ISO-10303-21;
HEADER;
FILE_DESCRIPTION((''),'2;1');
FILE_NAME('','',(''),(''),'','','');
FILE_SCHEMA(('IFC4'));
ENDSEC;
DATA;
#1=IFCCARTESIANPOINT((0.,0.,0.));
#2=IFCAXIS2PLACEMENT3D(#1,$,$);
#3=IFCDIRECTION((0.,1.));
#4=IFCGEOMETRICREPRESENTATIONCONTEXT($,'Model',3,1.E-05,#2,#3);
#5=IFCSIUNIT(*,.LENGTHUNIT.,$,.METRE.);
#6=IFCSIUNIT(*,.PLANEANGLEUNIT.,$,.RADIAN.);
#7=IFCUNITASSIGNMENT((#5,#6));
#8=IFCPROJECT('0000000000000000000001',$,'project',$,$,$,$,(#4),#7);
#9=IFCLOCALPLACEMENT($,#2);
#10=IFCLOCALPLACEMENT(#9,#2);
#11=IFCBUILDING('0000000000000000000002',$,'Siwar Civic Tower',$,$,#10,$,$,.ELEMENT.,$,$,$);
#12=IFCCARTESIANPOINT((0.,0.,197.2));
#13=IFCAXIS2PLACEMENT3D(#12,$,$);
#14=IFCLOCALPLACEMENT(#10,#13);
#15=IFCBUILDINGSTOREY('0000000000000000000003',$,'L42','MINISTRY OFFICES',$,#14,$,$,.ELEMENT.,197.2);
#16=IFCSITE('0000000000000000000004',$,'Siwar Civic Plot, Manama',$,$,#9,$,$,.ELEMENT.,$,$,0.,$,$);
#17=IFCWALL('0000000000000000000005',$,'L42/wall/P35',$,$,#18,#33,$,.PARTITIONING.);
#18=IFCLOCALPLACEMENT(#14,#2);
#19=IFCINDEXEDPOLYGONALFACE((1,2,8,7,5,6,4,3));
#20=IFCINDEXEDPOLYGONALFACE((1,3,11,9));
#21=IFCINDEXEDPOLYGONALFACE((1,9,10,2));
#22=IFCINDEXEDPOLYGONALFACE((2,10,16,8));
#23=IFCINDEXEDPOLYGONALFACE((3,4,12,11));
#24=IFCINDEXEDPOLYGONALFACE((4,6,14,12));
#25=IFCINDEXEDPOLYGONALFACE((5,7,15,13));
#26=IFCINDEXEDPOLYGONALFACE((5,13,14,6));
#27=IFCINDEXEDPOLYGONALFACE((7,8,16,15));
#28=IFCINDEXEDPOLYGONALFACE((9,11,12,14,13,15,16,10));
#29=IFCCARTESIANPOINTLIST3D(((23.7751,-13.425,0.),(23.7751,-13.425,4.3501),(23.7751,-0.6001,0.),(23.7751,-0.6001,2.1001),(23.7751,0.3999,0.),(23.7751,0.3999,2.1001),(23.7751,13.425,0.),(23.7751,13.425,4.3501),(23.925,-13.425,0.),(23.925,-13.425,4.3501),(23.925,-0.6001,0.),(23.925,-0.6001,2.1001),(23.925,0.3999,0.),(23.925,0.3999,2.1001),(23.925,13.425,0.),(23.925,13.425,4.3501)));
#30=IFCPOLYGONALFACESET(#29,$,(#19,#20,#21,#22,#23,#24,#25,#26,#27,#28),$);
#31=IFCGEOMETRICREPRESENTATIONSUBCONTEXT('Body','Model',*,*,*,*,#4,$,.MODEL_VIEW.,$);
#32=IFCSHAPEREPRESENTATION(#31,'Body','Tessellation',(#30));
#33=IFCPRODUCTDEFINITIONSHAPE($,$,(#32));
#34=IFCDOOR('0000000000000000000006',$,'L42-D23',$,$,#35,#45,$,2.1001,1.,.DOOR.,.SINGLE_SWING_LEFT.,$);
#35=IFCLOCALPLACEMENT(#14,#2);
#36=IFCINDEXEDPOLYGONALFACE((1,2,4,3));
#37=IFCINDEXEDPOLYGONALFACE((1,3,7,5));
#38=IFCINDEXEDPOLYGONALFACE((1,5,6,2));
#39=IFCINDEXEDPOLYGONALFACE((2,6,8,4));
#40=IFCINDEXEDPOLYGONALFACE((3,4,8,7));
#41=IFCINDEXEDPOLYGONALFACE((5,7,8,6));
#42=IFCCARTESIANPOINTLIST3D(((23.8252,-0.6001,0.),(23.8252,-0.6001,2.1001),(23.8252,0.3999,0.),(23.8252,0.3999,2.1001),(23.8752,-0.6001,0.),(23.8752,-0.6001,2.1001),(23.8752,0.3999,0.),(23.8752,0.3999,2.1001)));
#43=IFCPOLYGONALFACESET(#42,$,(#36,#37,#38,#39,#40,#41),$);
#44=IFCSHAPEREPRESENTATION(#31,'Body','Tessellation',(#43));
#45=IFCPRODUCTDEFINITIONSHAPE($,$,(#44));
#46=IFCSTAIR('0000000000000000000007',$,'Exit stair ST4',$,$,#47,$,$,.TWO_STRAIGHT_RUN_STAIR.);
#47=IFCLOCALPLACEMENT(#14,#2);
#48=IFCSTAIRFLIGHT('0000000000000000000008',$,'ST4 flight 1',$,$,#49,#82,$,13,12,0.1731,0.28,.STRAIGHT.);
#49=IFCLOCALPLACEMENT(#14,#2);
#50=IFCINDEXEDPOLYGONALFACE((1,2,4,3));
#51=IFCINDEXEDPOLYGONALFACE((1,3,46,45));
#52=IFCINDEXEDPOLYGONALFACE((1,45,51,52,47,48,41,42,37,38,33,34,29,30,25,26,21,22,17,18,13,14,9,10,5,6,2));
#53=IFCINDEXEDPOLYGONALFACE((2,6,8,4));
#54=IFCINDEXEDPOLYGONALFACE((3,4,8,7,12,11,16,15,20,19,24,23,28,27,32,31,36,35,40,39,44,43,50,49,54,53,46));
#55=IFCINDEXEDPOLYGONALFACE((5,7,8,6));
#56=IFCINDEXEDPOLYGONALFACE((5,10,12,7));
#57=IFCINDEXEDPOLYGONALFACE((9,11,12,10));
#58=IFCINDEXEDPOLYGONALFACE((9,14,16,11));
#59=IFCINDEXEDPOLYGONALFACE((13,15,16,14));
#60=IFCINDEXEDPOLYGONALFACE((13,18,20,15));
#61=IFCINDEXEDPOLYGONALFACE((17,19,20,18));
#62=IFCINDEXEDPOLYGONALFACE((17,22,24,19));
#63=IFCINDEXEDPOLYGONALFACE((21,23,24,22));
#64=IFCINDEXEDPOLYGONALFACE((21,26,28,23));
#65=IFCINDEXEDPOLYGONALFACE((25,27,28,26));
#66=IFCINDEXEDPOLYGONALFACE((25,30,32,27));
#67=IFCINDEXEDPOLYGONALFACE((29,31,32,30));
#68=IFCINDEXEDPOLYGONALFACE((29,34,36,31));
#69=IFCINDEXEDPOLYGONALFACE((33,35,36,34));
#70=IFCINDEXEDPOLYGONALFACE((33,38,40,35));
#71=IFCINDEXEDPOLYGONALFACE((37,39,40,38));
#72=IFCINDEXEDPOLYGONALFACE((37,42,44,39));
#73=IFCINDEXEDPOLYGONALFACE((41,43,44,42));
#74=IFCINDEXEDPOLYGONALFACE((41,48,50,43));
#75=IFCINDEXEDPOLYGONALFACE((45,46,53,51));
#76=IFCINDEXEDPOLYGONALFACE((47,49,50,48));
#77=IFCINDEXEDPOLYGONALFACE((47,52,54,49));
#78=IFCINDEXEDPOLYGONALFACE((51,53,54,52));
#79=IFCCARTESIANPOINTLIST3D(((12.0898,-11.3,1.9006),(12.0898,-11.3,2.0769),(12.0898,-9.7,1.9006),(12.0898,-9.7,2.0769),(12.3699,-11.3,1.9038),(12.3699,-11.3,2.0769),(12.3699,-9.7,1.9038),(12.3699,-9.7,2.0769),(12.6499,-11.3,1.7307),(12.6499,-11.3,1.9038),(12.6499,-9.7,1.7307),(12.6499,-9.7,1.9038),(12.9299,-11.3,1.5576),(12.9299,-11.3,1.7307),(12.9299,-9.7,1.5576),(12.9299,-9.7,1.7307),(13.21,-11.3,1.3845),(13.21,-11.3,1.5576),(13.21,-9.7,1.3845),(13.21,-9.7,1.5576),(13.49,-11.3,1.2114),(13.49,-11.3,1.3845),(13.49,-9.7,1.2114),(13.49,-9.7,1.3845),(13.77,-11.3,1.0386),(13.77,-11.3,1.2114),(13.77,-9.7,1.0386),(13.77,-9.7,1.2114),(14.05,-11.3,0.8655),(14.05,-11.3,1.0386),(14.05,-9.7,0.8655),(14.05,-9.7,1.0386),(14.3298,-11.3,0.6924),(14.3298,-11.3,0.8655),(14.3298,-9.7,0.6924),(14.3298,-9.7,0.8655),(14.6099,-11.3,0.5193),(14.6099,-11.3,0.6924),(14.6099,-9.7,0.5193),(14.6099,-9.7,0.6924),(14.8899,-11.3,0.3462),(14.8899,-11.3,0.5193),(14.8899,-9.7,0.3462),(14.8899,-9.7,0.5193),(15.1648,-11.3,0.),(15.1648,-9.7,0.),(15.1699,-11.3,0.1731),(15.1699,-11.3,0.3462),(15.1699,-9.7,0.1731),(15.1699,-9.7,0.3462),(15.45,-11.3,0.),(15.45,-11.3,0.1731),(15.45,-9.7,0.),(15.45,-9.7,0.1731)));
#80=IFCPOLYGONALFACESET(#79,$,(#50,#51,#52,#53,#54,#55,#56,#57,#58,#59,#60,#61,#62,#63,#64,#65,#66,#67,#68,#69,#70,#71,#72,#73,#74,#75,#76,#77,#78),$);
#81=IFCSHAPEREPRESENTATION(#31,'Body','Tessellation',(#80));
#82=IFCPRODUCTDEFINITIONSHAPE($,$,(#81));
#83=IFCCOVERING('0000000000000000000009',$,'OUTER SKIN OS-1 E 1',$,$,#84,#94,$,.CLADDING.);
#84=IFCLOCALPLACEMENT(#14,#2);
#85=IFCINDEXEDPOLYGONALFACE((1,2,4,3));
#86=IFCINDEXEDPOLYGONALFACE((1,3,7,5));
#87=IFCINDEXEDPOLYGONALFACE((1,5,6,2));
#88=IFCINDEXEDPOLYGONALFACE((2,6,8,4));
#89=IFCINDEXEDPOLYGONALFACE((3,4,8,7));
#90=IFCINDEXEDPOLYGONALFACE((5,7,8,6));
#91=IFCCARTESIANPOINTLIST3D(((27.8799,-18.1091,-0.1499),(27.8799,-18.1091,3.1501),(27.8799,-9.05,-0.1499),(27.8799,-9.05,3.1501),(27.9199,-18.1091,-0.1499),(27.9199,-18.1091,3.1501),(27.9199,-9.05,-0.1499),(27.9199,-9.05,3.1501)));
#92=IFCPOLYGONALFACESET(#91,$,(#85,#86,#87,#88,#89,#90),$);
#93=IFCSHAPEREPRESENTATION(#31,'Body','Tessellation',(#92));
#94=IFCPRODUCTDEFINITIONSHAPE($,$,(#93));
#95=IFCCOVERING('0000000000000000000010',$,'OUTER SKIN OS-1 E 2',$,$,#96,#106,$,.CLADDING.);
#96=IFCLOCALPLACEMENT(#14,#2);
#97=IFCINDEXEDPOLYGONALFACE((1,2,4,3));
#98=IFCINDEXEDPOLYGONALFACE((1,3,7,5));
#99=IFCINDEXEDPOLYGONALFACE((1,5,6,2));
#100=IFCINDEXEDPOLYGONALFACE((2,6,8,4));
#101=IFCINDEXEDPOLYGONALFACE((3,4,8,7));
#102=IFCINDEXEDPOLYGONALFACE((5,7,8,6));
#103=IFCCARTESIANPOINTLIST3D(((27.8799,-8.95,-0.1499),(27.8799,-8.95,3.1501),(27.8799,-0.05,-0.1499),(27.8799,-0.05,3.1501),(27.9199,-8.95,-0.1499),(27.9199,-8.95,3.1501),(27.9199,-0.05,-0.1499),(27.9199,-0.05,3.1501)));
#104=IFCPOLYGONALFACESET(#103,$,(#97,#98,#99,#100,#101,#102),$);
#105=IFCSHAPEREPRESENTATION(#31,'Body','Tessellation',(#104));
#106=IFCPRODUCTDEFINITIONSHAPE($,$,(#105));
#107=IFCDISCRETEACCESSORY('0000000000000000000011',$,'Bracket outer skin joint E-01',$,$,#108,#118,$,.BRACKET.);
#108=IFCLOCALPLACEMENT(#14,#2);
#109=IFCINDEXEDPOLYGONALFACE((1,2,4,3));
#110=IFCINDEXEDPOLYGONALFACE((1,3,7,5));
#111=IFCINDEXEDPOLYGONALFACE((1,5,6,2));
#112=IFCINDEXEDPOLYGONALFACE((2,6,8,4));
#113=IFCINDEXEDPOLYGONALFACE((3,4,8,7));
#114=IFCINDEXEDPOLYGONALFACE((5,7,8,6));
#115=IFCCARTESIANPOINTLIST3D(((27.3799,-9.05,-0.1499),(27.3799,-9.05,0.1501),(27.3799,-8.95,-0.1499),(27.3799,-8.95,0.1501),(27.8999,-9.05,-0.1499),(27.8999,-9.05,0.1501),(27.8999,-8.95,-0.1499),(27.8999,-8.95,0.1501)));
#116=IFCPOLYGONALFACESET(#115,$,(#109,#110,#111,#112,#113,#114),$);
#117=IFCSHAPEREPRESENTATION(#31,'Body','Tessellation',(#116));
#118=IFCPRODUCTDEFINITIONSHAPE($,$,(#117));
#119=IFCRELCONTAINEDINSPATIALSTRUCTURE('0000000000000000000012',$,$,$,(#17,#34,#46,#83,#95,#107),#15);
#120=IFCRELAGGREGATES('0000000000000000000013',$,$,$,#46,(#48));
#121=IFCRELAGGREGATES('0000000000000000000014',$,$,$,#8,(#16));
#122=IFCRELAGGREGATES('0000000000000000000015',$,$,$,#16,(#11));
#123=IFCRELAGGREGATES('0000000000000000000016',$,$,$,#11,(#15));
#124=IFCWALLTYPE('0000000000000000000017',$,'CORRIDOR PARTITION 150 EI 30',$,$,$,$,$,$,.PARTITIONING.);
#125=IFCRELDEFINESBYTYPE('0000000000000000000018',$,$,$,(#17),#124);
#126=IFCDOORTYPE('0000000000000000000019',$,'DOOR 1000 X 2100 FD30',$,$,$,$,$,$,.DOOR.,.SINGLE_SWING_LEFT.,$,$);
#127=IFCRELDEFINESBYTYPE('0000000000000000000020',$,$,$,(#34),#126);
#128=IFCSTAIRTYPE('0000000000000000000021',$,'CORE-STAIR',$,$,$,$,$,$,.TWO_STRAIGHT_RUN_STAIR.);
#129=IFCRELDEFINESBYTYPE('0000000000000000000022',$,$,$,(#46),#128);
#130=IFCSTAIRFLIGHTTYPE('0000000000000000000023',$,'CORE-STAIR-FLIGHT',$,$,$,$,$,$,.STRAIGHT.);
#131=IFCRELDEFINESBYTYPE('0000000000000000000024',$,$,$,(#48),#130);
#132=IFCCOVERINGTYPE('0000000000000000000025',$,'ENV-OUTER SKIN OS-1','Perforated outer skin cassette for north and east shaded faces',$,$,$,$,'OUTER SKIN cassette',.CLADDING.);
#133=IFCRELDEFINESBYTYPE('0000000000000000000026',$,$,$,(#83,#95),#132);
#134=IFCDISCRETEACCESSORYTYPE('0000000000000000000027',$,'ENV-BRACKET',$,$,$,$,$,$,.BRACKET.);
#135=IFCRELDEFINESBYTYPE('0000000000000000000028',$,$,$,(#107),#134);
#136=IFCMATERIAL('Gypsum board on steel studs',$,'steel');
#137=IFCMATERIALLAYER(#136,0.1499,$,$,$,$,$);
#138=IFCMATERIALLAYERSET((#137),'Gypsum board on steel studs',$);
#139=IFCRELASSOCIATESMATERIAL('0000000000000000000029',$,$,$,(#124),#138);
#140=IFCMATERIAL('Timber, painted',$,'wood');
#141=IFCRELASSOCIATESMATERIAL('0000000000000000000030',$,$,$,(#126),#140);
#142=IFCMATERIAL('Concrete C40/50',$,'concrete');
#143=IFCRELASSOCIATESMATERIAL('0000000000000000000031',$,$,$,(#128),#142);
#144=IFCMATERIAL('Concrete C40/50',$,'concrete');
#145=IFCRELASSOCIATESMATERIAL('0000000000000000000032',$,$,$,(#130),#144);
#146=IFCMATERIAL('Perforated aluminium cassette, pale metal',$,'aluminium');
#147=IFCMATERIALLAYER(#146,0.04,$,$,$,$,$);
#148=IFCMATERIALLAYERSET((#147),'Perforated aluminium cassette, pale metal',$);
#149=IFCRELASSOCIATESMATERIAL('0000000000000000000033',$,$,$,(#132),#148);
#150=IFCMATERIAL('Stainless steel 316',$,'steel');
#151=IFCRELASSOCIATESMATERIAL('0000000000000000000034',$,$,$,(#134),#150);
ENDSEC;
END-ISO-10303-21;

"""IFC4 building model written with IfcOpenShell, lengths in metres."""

from ifc_helpers import new_model, si_unit, direction, frame, frame_2d, origin, origin_2d, place, context, subcontext, project, spatial, polyline, rectangle, outline, extrude, material, layer, layer_set, type_object, element, fill, aggregate, save


model = new_model("IFC4")

# Units and contexts
model_context = context("Model", 3, precision=1e-05, world=origin(), true_north=direction((0.0, 1.0)))
body_context = subcontext(model_context, "Body", "Model", "MODEL_VIEW")
ifc_project = project(units=[si_unit("LENGTHUNIT", "METRE"), si_unit("PLANEANGLEUNIT", "RADIAN")], contexts=[model_context])

# Site, building, storey
site_placement = place(None, origin())
site = spatial("IfcSite", under=ifc_project, at=site_placement, Name="Siwar Civic Plot, Manama", CompositionType="ELEMENT", RefElevation=0.0)
building_placement = place(site_placement, origin())
building = spatial("IfcBuilding", under=site, at=building_placement, Name="Siwar Civic Tower", CompositionType="ELEMENT")
storey_placement = place(building_placement, frame((0.0, 0.0, 197.2)))
storey = spatial("IfcBuildingStorey", under=building, at=storey_placement, Name="L42", Description="MINISTRY OFFICES", CompositionType="ELEMENT", Elevation=197.2)

# Shared definitions
ifc_material_1 = material(Name="Gypsum board on steel studs", Category="steel")
ifc_layer_1 = layer(ifc_material_1, 0.1499)
ifc_layer_set_1 = layer_set([ifc_layer_1], Name="Gypsum board on steel studs")
wall_type_1 = type_object("IfcWallType", Name="CORRIDOR PARTITION 150 EI 30", PredefinedType="PARTITIONING", material=ifc_layer_set_1)

# Wall, opening, door
wall_1_placement = place(storey_placement, frame((23.8501, -13.425, 0.0), z_axis=(0.0, 0.0, 1.0), x_axis=(0.0, 1.0, 0.0)))
wall_1 = element("IfcWall", 1, at=wall_1_placement, inside=storey, type_object=wall_type_1, Name="L42/wall/P35", PredefinedType="PARTITIONING", context=body_context, shape_type="SweptSolid", body=[
    extrude(rectangle(XDim=26.8501, YDim=0.1499, at=frame_2d((13.425, 0.0))), origin(), (0.0, 0.0, 1.0), 4.3501),
])
opening_1_placement = place(wall_1_placement, frame((12.825, 0.0, 0.0)))
opening_1 = element("IfcOpeningElement", 2, at=opening_1_placement, cuts=wall_1, PredefinedType="OPENING", context=body_context, shape_type="SweptSolid", body=[
    extrude(rectangle(XDim=1.0, YDim=2.1001, at=frame_2d((0.5, 1.05))), frame((0.0, 0.085, 0.0), z_axis=(0.0, -1.0, 0.0), x_axis=(1.0, 0.0, 0.0)), (0.0, 0.0, 1.0), 0.1699),
])
ifc_material_2 = material(Name="Timber, painted", Category="wood")
door_type_1 = type_object("IfcDoorType", Name="DOOR 1000 X 2100 FD30", OperationType="SINGLE_SWING_LEFT", PredefinedType="DOOR", material=ifc_material_2)
door_1_placement = place(opening_1_placement, origin())
door_1 = element("IfcDoor", 3, at=door_1_placement, inside=storey, type_object=door_type_1, Name="L42-D23", OperationType="SINGLE_SWING_LEFT", OverallHeight=2.1001, OverallWidth=1.0, PredefinedType="DOOR", context=body_context, shape_type="SweptSolid", body=[
    extrude(rectangle(XDim=1.0, YDim=2.1001, at=frame_2d((0.5, 1.05))), frame((0.0, 0.0249, 0.0), z_axis=(0.0, -1.0, 0.0), x_axis=(1.0, 0.0, 0.0)), (0.0, 0.0, 1.0), 0.05),
])
fill(opening_1, door_1)

# Stair, stair flight
ifc_material_3 = material(Name="Concrete C40/50", Category="concrete")
stair_type = type_object("IfcStairType", Name="CORE-STAIR", PredefinedType="TWO_STRAIGHT_RUN_STAIR", material=ifc_material_3)
stair_placement = place(storey_placement, origin())
stair = element("IfcStair", 4, at=stair_placement, inside=storey, type_object=stair_type, Name="Exit stair ST4", PredefinedType="TWO_STRAIGHT_RUN_STAIR")
ifc_material_4 = material(Name="Concrete C40/50", Category="concrete")
stair_flight_type = type_object("IfcStairFlightType", Name="CORE-STAIR-FLIGHT", PredefinedType="STRAIGHT", material=ifc_material_4)
stair_flight_placement = place(storey_placement, frame((15.45, -10.5, 0.0), z_axis=(0.0, 0.0, 1.0), x_axis=(-1.0, 0.0, 0.0)))
stair_flight = element("IfcStairFlight", 5, at=stair_flight_placement, type_object=stair_flight_type, Name="ST4 flight 1", NumberOfRisers=13, NumberOfTreads=12, PredefinedType="STRAIGHT", RiserHeight=0.1731, TreadLength=0.28, context=body_context, shape_type="SweptSolid", body=[
    extrude(outline(polyline([(0.0, 0.0), (0.0, 0.1731), (0.28, 0.1731), (0.28, 0.3462), (0.5601, 0.3462), (0.5601, 0.5193), (0.8401, 0.5193), (0.8401, 0.6924), (1.1201, 0.6924), (1.1201, 0.8655), (1.3999, 0.8655), (1.3999, 1.0386), (1.6799, 1.0386), (1.6799, 1.2114), (1.96, 1.2114), (1.96, 1.3845), (2.24, 1.3845), (2.24, 1.5576), (2.52, 1.5576), (2.52, 1.7307), (2.8, 1.7307), (2.8, 1.9038), (3.0801, 1.9038), (3.0801, 2.0769), (3.3601, 2.0769), (3.3601, 2.25), (3.3601, 1.9006), (0.2852, 0.0), (0.0, 0.0)])), frame((0.0, 0.8, 0.0), z_axis=(0.0, -1.0, 0.0), x_axis=(1.0, 0.0, 0.0)), (0.0, 0.0, 1.0), 1.6001),
])
aggregate(stair, [stair_flight])

# Coverings
ifc_material_5 = material(Name="Perforated aluminium cassette, pale metal", Category="aluminium")
ifc_layer_2 = layer(ifc_material_5, 0.04)
ifc_layer_set_2 = layer_set([ifc_layer_2], Name="Perforated aluminium cassette, pale metal")
covering_type = type_object("IfcCoveringType", Name="ENV-OUTER SKIN OS-1", Description="Perforated outer skin cassette for north and east shaded faces", ElementType="OUTER SKIN cassette", PredefinedType="CLADDING", material=ifc_layer_set_2)
covering_1_placement = place(storey_placement, frame((27.8999, -13.5796, -0.1499), z_axis=(0.0, 0.0, 1.0), x_axis=(0.0, 1.0, 0.0)))
element("IfcCovering", 6, at=covering_1_placement, inside=storey, type_object=covering_type, Name="OUTER SKIN OS-1 E 1", PredefinedType="CLADDING", context=body_context, shape_type="SweptSolid", body=[
    extrude(rectangle(XDim=9.0591, YDim=0.04, at=origin_2d()), origin(), (0.0, 0.0, 1.0), 3.3),
])
covering_2_placement = place(storey_placement, frame((27.8999, -4.5, -0.1499), z_axis=(0.0, 0.0, 1.0), x_axis=(0.0, 1.0, 0.0)))
element("IfcCovering", 7, at=covering_2_placement, inside=storey, type_object=covering_type, Name="OUTER SKIN OS-1 E 2", PredefinedType="CLADDING", context=body_context, shape_type="SweptSolid", body=[
    extrude(rectangle(XDim=8.8999, YDim=0.04, at=origin_2d()), origin(), (0.0, 0.0, 1.0), 3.3),
])

# Discrete accessory
ifc_material_6 = material(Name="Stainless steel 316", Category="steel")
discrete_accessory_type = type_object("IfcDiscreteAccessoryType", Name="ENV-BRACKET", PredefinedType="BRACKET", material=ifc_material_6)
discrete_accessory_placement = place(storey_placement, frame((27.6399, -9.0, -0.1499), z_axis=(0.0, 0.0, 1.0), x_axis=(1.0, 0.0, 0.0)))
element("IfcDiscreteAccessory", 8, at=discrete_accessory_placement, inside=storey, type_object=discrete_accessory_type, Name="Bracket outer skin joint E-01", PredefinedType="BRACKET", context=body_context, shape_type="SweptSolid", body=[
    extrude(rectangle(XDim=0.52, YDim=0.1001, at=origin_2d()), origin(), (0.0, 0.0, 1.0), 0.3),
])

save(model, "model.ifc")
